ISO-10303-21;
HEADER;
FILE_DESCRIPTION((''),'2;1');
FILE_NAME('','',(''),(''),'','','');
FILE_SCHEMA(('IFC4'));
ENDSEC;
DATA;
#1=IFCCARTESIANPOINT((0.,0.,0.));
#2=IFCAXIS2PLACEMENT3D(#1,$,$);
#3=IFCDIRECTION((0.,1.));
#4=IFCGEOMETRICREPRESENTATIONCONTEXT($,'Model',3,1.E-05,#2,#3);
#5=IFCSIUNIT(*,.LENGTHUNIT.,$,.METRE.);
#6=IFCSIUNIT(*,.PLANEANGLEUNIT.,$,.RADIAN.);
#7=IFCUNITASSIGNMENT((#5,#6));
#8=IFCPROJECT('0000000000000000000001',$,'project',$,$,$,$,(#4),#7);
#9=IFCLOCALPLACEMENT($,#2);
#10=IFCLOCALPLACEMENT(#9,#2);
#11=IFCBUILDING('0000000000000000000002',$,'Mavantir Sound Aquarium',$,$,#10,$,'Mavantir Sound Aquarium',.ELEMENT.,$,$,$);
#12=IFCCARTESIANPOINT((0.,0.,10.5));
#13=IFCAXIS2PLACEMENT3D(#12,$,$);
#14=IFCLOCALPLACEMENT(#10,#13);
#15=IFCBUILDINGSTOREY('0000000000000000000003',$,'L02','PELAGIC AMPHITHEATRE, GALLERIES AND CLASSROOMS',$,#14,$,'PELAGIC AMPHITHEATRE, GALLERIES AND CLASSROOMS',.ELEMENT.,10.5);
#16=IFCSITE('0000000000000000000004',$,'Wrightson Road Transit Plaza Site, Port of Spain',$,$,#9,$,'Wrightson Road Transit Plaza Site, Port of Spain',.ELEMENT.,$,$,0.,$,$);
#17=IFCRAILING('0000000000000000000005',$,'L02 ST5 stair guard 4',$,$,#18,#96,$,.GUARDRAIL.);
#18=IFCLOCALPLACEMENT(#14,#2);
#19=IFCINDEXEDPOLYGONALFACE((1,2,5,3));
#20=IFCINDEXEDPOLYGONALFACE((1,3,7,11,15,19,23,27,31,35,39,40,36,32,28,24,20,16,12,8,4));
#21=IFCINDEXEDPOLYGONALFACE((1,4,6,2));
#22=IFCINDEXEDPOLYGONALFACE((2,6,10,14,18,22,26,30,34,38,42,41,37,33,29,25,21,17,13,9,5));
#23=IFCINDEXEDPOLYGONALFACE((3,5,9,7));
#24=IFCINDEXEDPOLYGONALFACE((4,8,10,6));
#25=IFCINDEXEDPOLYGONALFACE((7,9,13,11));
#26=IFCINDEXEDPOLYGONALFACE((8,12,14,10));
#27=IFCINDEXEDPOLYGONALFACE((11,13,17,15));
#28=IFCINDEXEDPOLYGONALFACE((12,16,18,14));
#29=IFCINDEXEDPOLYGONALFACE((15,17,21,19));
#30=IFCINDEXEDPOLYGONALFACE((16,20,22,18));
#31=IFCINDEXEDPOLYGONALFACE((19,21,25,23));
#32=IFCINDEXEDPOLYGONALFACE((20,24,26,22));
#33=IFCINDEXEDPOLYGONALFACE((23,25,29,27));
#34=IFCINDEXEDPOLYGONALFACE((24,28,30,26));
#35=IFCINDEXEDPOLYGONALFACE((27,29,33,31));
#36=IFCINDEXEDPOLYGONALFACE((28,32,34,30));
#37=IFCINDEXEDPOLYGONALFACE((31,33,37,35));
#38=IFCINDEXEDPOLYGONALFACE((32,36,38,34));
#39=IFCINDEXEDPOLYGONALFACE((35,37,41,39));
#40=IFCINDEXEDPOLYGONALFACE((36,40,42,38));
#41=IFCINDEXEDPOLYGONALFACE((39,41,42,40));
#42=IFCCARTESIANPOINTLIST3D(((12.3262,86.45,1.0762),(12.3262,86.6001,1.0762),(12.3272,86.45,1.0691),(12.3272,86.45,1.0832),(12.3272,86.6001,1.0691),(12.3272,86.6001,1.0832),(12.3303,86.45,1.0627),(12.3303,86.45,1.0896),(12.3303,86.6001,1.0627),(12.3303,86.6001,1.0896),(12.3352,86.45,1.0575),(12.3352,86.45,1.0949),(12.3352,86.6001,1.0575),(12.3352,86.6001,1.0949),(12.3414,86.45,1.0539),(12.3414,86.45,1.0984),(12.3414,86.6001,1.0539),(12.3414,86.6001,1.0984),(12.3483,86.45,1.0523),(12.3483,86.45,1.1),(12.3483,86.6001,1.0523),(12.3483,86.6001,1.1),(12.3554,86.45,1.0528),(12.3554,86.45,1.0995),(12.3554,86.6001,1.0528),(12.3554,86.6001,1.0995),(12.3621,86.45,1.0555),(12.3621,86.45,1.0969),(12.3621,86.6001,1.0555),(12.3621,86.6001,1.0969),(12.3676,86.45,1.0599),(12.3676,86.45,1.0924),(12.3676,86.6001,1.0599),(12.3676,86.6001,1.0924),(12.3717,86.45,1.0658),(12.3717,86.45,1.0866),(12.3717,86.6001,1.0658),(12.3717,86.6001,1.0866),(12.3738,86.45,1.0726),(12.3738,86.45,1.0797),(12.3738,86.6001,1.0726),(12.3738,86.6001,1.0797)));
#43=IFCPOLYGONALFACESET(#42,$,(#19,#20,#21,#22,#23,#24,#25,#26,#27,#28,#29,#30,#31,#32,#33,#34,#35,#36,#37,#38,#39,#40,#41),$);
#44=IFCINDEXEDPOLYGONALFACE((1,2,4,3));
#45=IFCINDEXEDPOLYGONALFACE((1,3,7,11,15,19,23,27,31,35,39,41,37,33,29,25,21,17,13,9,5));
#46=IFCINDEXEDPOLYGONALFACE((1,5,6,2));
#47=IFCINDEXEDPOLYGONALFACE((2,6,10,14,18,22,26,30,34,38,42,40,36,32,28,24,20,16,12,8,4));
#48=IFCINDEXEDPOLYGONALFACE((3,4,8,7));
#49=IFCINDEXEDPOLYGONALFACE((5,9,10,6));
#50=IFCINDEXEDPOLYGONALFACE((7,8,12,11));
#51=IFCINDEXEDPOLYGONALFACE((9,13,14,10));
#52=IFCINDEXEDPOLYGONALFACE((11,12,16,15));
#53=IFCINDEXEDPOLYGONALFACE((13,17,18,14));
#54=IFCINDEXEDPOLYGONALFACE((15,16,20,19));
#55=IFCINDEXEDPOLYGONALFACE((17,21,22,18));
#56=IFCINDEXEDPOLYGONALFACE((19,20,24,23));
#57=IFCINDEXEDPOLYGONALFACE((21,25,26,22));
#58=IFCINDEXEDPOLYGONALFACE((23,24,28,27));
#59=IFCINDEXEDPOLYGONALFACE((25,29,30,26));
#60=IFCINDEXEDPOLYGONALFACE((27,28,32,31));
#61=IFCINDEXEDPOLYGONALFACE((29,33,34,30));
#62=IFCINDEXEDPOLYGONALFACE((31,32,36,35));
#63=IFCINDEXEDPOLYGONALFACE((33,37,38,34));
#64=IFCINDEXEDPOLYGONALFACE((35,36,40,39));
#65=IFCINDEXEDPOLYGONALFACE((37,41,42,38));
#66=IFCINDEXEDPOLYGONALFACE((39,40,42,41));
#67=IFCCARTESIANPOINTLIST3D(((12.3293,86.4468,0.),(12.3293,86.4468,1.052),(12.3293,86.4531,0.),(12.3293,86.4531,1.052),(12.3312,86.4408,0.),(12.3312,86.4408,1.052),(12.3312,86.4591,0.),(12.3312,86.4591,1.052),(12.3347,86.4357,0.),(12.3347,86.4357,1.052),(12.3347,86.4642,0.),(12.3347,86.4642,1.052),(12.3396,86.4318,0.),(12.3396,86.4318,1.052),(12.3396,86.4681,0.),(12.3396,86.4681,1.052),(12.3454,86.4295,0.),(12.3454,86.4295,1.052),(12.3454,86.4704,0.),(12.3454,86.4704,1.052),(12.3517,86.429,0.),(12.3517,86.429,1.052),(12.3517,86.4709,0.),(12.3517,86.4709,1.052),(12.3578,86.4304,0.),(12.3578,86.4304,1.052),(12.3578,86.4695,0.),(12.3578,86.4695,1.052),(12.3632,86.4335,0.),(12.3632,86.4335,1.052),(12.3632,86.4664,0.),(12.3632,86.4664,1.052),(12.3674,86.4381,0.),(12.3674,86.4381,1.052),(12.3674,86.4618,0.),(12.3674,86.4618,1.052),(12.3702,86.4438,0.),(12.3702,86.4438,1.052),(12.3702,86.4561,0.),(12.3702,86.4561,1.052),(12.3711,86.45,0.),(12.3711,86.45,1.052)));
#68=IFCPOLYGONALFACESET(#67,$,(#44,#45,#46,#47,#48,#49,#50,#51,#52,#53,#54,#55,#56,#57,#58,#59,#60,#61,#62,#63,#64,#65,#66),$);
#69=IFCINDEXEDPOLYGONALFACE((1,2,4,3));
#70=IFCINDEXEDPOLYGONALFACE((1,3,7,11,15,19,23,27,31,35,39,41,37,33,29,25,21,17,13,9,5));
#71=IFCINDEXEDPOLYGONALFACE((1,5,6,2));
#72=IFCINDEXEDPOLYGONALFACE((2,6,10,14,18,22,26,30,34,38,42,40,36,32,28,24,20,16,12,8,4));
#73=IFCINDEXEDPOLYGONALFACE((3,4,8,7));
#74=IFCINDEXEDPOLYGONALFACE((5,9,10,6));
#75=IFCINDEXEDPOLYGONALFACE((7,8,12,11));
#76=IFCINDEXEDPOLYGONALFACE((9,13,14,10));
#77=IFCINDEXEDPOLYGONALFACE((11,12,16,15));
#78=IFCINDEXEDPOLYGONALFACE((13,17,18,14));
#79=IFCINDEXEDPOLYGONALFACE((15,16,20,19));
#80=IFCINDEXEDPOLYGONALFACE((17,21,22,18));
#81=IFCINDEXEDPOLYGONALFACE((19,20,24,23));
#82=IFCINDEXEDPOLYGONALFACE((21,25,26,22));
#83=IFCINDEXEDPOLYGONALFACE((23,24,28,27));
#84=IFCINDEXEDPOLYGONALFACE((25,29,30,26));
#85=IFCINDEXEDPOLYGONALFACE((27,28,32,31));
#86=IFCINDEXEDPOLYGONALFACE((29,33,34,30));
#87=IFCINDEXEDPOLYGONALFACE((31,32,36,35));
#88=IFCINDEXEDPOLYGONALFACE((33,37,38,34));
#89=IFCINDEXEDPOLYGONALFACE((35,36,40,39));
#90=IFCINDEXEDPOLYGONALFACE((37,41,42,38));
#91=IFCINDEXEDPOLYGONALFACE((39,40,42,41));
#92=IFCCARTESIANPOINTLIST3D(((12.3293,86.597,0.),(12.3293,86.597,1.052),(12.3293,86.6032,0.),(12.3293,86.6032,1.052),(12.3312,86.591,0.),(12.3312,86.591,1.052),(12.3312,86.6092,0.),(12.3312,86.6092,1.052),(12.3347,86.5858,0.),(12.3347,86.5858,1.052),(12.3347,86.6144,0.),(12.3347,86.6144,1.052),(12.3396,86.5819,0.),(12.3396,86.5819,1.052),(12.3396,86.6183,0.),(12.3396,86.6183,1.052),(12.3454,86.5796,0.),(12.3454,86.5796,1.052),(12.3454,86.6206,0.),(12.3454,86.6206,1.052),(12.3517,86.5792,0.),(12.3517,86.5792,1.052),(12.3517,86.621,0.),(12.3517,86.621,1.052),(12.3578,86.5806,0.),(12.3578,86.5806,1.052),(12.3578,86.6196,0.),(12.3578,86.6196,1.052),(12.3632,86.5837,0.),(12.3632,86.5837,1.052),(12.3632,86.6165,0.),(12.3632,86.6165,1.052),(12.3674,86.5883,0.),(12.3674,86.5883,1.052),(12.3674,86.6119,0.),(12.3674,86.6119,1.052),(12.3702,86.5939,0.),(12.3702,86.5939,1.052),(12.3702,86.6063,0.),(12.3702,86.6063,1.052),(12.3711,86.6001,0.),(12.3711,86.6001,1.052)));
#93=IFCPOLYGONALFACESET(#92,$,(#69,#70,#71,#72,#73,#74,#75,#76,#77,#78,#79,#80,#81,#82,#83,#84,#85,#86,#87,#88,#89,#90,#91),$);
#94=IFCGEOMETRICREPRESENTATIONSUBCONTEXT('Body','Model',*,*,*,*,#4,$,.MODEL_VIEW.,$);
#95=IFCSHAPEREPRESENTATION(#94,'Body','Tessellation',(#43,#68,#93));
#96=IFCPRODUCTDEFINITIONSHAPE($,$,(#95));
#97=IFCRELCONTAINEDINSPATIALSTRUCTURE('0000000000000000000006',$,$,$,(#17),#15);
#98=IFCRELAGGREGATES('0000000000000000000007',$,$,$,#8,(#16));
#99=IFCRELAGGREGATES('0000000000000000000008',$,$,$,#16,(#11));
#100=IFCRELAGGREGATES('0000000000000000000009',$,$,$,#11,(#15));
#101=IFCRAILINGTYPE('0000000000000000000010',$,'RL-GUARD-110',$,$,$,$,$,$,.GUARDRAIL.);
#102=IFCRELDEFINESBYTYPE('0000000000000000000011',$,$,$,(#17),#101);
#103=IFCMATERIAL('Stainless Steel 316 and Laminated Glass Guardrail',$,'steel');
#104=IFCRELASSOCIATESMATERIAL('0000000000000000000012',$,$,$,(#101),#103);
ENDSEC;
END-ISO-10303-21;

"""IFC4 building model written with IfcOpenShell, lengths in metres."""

from ifc_helpers import new_model, si_unit, direction, frame, origin, origin_2d, place, context, subcontext, project, spatial, circle, extrude, material, type_object, element, save


model = new_model("IFC4")

# Units and contexts
model_context = context("Model", 3, precision=1e-05, world=origin(), true_north=direction((0.0, 1.0)))
body_context = subcontext(model_context, "Body", "Model", "MODEL_VIEW")
ifc_project = project(units=[si_unit("LENGTHUNIT", "METRE"), si_unit("PLANEANGLEUNIT", "RADIAN")], contexts=[model_context])

# Site, building, storey
site_placement = place(None, origin())
site = spatial("IfcSite", under=ifc_project, at=site_placement, Name="Wrightson Road Transit Plaza Site, Port of Spain", LongName="Wrightson Road Transit Plaza Site, Port of Spain", CompositionType="ELEMENT", RefElevation=0.0)
building_placement = place(site_placement, origin())
building = spatial("IfcBuilding", under=site, at=building_placement, Name="Mavantir Sound Aquarium", LongName="Mavantir Sound Aquarium", CompositionType="ELEMENT")
storey_placement = place(building_placement, frame((0.0, 0.0, 10.5)))
storey = spatial("IfcBuildingStorey", under=building, at=storey_placement, Name="L02", Description="PELAGIC AMPHITHEATRE, GALLERIES AND CLASSROOMS", LongName="PELAGIC AMPHITHEATRE, GALLERIES AND CLASSROOMS", CompositionType="ELEMENT", Elevation=10.5)

# Railing
ifc_material_1 = material(Name="Stainless Steel 316 and Laminated Glass Guardrail", Category="steel")
railing_type_1 = type_object("IfcRailingType", Name="RL-GUARD-110", PredefinedType="GUARDRAIL", material=ifc_material_1)
railing_1_placement = place(storey_placement, frame((12.3501, 86.45, 0.0)))
element("IfcRailing", 1, at=railing_1_placement, inside=storey, type_object=railing_type_1, Name="L02 ST5 stair guard 4", PredefinedType="GUARDRAIL", context=body_context, shape_type="SweptSolid", body=[
    extrude(circle(Radius=0.0239, at=origin_2d()), frame((0.0, 0.0, 1.0762), z_axis=(0.0, 1.0, 0.0), x_axis=(-1.0, 0.0, 0.0)), (0.0, 0.0, 1.0), 0.1501),
    extrude(circle(Radius=0.021, at=origin_2d()), origin(), (0.0, 0.0, 1.0), 1.052),
    extrude(circle(Radius=0.021, at=origin_2d()), frame((0.0, 0.1501, 0.0)), (0.0, 0.0, 1.0), 1.052),
])

save(model, "model.ifc")
